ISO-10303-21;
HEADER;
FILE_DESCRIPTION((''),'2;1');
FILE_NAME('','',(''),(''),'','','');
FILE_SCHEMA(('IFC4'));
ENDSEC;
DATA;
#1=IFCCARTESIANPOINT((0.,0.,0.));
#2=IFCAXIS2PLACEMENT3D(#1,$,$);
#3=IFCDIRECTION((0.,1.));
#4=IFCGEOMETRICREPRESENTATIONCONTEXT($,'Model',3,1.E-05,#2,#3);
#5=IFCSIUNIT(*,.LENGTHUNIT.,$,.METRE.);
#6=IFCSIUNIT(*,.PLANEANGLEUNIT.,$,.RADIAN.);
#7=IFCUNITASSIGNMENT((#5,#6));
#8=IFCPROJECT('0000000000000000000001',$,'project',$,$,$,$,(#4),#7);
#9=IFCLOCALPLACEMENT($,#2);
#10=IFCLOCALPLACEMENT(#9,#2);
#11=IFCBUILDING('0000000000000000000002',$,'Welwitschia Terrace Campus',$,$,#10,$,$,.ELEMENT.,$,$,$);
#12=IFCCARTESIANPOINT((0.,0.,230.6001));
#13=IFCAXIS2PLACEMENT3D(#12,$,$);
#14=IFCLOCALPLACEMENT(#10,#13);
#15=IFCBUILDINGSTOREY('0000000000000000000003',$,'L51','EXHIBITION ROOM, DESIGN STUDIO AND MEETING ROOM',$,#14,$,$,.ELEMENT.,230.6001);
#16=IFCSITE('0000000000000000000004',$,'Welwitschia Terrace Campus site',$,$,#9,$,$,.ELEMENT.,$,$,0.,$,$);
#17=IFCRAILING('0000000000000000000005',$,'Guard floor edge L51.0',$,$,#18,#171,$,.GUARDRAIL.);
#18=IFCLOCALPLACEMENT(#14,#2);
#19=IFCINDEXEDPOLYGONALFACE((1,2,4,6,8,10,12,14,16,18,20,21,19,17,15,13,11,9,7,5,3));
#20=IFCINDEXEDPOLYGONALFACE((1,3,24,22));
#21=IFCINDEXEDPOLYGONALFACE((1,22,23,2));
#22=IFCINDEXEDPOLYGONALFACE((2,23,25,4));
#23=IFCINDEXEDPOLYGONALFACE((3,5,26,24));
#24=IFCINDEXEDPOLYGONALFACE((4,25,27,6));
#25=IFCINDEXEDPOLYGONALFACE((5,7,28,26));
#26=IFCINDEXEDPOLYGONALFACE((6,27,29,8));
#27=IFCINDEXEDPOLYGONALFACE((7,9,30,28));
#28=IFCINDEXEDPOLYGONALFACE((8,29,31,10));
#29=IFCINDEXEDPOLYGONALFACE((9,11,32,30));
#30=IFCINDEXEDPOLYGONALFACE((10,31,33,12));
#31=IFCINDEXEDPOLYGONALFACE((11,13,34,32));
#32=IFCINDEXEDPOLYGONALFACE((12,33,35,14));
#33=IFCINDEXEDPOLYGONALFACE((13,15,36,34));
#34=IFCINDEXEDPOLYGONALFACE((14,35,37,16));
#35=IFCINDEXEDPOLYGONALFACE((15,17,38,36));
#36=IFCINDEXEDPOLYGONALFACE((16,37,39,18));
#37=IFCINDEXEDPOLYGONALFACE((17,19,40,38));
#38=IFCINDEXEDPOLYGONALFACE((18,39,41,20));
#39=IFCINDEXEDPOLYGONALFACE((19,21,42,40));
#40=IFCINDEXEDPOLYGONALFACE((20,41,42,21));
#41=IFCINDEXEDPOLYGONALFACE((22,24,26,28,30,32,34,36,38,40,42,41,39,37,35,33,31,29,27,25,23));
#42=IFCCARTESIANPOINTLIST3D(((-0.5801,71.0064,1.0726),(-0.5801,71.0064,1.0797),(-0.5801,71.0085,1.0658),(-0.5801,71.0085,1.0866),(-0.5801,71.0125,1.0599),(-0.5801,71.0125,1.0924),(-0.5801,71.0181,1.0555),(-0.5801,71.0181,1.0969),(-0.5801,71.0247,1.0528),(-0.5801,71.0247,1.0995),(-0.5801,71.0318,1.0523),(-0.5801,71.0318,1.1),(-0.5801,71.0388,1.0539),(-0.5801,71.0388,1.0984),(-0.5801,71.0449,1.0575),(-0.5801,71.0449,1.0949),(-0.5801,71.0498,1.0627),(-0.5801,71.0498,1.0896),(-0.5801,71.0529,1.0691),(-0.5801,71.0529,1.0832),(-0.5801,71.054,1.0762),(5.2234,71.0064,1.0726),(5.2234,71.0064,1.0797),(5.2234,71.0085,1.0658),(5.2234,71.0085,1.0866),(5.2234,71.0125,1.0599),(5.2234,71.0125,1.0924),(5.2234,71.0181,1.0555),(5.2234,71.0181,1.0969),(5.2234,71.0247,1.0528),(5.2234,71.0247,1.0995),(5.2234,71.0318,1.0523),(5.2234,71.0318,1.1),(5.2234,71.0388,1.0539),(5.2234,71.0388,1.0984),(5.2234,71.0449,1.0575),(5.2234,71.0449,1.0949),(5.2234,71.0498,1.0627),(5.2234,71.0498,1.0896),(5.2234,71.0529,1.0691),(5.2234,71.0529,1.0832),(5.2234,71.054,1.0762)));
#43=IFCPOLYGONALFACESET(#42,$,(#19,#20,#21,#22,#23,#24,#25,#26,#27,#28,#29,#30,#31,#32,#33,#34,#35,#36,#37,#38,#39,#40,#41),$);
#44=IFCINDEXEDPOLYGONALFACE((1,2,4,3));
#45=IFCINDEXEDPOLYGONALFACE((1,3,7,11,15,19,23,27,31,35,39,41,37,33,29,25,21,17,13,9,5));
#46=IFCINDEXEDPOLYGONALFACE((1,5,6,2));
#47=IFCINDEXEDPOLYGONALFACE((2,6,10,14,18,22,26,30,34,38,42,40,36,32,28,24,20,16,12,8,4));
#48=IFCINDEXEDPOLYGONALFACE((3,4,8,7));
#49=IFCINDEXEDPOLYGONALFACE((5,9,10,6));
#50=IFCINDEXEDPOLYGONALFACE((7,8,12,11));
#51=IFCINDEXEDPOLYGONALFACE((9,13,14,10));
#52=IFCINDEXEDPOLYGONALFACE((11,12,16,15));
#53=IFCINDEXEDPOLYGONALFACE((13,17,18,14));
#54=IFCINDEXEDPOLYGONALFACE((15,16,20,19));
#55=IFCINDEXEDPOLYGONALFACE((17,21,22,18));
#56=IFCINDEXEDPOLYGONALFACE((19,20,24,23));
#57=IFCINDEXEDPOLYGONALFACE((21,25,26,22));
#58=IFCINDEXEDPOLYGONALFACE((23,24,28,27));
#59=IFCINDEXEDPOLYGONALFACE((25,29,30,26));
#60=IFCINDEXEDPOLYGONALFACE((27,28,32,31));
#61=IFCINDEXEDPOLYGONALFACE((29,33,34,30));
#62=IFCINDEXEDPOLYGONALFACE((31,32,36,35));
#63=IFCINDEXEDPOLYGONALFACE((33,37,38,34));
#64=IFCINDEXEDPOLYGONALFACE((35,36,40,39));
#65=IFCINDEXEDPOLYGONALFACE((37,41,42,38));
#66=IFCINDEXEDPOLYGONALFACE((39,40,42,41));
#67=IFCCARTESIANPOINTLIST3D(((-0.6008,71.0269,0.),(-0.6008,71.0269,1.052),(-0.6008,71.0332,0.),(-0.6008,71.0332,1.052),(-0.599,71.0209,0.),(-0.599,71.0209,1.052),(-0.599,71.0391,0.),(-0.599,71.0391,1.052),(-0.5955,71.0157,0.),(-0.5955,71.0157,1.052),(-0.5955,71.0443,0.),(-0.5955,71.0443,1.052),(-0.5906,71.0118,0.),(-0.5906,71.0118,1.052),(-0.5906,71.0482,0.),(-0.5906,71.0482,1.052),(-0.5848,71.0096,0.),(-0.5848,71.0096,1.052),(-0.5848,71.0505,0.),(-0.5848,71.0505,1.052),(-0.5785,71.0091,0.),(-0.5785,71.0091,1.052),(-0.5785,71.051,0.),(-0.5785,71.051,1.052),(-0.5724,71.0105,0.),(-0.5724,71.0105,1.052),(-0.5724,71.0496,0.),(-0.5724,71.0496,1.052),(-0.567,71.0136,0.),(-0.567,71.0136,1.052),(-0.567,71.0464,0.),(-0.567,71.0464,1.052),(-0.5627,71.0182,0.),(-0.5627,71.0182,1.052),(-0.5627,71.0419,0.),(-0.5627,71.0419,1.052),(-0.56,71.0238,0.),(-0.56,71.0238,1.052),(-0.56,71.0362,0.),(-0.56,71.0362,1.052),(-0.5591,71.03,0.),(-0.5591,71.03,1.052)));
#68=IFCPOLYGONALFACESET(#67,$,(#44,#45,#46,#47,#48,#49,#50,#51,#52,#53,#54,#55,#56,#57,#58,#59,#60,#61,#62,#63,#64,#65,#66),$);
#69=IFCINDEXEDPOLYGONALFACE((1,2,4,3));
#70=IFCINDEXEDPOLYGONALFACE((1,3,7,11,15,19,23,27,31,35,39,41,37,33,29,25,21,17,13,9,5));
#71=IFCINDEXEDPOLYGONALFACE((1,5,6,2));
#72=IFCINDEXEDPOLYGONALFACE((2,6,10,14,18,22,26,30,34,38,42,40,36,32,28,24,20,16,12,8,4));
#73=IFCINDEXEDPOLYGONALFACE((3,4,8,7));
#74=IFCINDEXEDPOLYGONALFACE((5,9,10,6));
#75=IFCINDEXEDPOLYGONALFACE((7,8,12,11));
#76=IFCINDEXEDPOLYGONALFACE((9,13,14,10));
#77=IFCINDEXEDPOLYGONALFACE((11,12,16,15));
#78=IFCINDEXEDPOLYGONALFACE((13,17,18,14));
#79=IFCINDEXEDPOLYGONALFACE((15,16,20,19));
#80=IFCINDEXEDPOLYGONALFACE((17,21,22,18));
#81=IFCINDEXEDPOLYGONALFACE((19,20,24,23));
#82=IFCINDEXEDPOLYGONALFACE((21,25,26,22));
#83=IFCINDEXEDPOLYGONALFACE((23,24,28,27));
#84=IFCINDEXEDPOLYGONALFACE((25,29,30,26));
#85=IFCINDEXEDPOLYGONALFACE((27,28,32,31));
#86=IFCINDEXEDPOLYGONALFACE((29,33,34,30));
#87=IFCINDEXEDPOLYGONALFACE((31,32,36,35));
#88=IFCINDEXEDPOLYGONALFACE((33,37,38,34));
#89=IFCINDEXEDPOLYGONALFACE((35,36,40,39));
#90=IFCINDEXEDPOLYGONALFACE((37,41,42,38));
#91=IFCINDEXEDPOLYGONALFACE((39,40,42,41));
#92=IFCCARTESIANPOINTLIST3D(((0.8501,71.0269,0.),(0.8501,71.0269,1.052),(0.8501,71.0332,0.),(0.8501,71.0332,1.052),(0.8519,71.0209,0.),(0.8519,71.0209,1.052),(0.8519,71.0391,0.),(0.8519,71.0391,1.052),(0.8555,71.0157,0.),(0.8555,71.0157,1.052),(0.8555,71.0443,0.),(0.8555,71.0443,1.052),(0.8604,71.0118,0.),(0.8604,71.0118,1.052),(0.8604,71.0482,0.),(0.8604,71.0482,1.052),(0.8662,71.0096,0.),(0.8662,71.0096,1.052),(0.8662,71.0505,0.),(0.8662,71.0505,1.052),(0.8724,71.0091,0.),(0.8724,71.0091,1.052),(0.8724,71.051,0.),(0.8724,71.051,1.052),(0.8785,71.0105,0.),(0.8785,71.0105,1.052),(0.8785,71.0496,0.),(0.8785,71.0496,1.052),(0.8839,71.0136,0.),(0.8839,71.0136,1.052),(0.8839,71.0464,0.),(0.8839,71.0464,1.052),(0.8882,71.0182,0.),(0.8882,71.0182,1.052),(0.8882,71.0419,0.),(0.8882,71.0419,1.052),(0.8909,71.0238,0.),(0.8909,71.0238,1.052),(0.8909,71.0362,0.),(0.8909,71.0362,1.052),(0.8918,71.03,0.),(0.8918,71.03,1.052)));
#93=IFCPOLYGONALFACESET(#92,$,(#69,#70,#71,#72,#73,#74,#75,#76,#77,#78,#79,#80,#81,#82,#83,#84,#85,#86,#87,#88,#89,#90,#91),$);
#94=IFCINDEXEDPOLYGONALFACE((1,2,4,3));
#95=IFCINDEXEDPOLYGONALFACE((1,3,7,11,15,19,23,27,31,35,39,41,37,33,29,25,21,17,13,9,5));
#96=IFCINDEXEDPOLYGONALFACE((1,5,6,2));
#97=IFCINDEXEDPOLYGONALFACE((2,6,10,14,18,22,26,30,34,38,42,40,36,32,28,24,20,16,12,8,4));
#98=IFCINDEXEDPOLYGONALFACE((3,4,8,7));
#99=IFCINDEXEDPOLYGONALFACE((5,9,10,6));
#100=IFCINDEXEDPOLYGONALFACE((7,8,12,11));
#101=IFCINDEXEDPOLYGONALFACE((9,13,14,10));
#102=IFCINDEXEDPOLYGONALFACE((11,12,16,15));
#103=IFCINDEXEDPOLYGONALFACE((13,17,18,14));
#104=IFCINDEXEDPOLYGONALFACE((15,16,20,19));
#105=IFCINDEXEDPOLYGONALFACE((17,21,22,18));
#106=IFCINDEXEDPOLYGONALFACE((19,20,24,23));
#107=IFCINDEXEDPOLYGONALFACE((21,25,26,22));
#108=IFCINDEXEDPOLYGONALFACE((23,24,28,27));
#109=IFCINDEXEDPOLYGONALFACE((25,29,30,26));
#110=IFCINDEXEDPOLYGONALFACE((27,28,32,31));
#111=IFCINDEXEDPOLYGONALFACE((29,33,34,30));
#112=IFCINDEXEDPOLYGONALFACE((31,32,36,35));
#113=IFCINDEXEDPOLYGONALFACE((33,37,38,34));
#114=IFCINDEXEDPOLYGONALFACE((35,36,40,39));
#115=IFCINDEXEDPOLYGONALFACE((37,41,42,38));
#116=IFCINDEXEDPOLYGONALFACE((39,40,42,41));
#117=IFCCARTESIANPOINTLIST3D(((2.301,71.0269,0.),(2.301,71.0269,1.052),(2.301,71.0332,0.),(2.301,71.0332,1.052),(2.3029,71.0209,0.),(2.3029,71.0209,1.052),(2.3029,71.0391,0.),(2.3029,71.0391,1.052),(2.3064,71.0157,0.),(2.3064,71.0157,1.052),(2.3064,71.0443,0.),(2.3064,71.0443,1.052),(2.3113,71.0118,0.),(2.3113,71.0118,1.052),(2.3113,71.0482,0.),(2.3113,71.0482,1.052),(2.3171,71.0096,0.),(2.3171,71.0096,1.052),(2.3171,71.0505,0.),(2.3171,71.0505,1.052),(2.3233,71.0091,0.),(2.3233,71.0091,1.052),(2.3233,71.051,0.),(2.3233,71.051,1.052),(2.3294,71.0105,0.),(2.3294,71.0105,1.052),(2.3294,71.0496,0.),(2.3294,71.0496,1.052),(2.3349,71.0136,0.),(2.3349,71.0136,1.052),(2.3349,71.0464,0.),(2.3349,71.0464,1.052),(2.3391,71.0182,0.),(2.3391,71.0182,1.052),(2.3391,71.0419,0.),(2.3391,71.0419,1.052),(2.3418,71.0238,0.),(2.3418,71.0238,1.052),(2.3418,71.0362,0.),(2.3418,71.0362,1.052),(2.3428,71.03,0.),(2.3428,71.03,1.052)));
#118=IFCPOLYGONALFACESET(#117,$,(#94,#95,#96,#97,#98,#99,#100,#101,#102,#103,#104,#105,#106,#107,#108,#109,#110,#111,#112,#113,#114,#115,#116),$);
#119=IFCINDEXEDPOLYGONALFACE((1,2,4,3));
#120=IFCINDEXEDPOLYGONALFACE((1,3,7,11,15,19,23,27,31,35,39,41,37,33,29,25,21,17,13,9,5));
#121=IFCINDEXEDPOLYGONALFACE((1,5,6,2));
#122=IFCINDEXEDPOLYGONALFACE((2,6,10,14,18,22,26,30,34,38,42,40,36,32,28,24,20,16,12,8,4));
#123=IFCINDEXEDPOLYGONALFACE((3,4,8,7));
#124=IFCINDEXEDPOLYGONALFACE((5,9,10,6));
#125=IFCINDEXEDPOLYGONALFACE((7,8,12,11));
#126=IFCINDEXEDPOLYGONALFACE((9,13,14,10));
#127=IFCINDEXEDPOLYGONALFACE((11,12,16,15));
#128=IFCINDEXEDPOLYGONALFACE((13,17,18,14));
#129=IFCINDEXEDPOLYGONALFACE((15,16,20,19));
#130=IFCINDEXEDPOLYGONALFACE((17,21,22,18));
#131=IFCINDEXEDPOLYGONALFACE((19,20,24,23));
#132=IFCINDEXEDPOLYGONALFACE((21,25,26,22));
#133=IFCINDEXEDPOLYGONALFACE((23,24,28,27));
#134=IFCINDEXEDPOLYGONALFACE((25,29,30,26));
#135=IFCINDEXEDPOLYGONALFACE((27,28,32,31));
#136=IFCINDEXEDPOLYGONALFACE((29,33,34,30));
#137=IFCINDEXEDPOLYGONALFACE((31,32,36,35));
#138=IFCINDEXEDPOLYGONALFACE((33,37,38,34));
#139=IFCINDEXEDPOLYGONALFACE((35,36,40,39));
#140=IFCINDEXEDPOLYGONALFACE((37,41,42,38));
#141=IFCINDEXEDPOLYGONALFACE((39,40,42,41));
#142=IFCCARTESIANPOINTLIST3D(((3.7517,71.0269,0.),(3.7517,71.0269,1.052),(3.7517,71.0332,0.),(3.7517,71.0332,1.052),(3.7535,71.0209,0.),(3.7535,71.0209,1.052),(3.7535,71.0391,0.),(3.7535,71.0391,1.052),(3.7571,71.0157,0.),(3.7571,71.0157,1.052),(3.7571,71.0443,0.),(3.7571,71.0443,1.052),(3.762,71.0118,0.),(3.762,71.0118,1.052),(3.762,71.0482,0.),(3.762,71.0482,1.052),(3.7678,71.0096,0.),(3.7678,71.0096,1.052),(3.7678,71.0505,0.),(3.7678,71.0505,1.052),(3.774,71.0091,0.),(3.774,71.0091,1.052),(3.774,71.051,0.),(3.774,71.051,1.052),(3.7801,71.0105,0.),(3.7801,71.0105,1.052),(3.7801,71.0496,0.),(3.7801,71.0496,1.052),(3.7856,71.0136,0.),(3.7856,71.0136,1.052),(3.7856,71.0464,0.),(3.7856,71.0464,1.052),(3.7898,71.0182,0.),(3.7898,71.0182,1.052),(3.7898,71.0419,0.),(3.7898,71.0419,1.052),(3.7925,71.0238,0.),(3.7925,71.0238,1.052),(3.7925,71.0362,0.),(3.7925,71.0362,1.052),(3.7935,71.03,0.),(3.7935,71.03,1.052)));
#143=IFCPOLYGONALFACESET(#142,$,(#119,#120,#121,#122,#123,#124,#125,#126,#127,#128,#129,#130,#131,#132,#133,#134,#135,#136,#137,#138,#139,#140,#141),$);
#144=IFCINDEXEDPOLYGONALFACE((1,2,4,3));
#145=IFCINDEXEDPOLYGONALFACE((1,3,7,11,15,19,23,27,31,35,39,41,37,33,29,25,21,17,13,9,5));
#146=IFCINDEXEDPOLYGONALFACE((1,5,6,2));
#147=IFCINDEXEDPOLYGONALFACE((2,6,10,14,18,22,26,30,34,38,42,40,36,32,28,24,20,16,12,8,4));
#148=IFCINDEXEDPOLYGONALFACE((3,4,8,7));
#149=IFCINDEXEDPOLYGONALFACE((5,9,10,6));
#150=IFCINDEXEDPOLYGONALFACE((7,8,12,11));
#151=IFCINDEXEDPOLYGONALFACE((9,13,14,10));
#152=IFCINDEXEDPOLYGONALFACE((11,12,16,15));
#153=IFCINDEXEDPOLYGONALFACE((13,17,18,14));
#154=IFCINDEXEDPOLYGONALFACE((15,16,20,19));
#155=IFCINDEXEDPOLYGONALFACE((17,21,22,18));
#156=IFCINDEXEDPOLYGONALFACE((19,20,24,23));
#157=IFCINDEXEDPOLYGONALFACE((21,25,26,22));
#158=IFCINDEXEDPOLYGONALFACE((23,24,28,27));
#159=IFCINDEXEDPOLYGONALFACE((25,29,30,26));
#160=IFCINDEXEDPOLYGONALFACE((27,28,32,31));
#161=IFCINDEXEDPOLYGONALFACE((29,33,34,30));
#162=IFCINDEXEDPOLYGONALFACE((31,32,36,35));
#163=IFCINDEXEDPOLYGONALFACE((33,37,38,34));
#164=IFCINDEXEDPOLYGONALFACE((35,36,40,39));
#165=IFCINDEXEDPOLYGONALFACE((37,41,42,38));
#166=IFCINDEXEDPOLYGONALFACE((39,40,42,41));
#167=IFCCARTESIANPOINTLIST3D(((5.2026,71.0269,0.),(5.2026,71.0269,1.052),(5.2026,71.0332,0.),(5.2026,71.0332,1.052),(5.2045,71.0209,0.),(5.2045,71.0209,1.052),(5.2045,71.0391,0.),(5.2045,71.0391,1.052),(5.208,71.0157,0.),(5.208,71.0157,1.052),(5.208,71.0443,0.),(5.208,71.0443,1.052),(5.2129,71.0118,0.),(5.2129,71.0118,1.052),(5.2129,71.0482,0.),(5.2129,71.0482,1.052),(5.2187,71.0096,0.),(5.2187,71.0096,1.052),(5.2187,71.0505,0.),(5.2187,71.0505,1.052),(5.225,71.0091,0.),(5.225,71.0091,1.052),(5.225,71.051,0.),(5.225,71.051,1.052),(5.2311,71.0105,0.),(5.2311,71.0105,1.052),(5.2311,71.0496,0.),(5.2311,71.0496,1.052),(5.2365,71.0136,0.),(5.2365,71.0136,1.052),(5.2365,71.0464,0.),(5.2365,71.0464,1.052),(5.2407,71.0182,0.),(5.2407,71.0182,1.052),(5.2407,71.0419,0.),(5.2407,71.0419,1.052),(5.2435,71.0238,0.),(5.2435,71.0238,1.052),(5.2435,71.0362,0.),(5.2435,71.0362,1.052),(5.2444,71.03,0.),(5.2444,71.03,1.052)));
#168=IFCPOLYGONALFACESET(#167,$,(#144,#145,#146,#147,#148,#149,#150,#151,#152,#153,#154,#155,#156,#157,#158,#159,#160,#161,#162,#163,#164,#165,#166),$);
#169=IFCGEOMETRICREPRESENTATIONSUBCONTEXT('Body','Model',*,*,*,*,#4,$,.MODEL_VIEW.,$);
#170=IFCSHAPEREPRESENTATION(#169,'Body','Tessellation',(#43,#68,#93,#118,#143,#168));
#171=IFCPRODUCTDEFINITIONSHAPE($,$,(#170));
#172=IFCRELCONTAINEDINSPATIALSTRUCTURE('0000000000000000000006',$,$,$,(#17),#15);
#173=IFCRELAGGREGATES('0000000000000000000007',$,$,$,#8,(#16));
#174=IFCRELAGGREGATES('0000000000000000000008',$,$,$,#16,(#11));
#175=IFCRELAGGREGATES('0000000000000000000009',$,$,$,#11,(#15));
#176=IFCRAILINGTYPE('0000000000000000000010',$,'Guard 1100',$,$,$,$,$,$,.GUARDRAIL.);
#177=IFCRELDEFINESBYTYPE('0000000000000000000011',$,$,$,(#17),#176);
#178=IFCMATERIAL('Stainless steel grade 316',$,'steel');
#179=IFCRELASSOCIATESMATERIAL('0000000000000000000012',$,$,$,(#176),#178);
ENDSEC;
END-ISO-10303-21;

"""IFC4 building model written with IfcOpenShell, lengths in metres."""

from ifc_helpers import new_model, si_unit, direction, frame, origin, origin_2d, place, context, subcontext, project, spatial, circle, extrude, material, type_object, element, save


model = new_model("IFC4")

# Units and contexts
model_context = context("Model", 3, precision=1e-05, world=origin(), true_north=direction((0.0, 1.0)))
body_context = subcontext(model_context, "Body", "Model", "MODEL_VIEW")
ifc_project = project(units=[si_unit("LENGTHUNIT", "METRE"), si_unit("PLANEANGLEUNIT", "RADIAN")], contexts=[model_context])

# Site, building, storey
site_placement = place(None, origin())
site = spatial("IfcSite", under=ifc_project, at=site_placement, Name="Welwitschia Terrace Campus site", CompositionType="ELEMENT", RefElevation=0.0)
building_placement = place(site_placement, origin())
building = spatial("IfcBuilding", under=site, at=building_placement, Name="Welwitschia Terrace Campus", CompositionType="ELEMENT")
storey_placement = place(building_placement, frame((0.0, 0.0, 230.6001)))
storey = spatial("IfcBuildingStorey", under=building, at=storey_placement, Name="L51", Description="EXHIBITION ROOM, DESIGN STUDIO AND MEETING ROOM", CompositionType="ELEMENT", Elevation=230.6001)

# Railing
ifc_material_1 = material(Name="Stainless steel grade 316", Category="steel")
railing_type = type_object("IfcRailingType", Name="Guard 1100", PredefinedType="GUARDRAIL", material=ifc_material_1)
railing_placement = place(storey_placement, frame((-0.5801, 71.03, 0.0)))
element("IfcRailing", 1, at=railing_placement, inside=storey, type_object=railing_type, Name="Guard floor edge L51.0", PredefinedType="GUARDRAIL", context=body_context, shape_type="SweptSolid", body=[
    extrude(circle(Radius=0.0239, at=origin_2d()), frame((0.0, 0.0, 1.0762), z_axis=(1.0, 0.0, 0.0), x_axis=(0.0, 1.0, 0.0)), (0.0, 0.0, 1.0), 5.8035),
    extrude(circle(Radius=0.021, at=origin_2d()), origin(), (0.0, 0.0, 1.0), 1.052),
    extrude(circle(Radius=0.021, at=origin_2d()), frame((1.4509, 0.0, 0.0)), (0.0, 0.0, 1.0), 1.052),
    extrude(circle(Radius=0.021, at=origin_2d()), frame((2.9019, 0.0, 0.0)), (0.0, 0.0, 1.0), 1.052),
    extrude(circle(Radius=0.021, at=origin_2d()), frame((4.3525, 0.0, 0.0)), (0.0, 0.0, 1.0), 1.052),
    extrude(circle(Radius=0.021, at=origin_2d()), frame((5.8035, 0.0, 0.0)), (0.0, 0.0, 1.0), 1.052),
])

save(model, "model.ifc")
